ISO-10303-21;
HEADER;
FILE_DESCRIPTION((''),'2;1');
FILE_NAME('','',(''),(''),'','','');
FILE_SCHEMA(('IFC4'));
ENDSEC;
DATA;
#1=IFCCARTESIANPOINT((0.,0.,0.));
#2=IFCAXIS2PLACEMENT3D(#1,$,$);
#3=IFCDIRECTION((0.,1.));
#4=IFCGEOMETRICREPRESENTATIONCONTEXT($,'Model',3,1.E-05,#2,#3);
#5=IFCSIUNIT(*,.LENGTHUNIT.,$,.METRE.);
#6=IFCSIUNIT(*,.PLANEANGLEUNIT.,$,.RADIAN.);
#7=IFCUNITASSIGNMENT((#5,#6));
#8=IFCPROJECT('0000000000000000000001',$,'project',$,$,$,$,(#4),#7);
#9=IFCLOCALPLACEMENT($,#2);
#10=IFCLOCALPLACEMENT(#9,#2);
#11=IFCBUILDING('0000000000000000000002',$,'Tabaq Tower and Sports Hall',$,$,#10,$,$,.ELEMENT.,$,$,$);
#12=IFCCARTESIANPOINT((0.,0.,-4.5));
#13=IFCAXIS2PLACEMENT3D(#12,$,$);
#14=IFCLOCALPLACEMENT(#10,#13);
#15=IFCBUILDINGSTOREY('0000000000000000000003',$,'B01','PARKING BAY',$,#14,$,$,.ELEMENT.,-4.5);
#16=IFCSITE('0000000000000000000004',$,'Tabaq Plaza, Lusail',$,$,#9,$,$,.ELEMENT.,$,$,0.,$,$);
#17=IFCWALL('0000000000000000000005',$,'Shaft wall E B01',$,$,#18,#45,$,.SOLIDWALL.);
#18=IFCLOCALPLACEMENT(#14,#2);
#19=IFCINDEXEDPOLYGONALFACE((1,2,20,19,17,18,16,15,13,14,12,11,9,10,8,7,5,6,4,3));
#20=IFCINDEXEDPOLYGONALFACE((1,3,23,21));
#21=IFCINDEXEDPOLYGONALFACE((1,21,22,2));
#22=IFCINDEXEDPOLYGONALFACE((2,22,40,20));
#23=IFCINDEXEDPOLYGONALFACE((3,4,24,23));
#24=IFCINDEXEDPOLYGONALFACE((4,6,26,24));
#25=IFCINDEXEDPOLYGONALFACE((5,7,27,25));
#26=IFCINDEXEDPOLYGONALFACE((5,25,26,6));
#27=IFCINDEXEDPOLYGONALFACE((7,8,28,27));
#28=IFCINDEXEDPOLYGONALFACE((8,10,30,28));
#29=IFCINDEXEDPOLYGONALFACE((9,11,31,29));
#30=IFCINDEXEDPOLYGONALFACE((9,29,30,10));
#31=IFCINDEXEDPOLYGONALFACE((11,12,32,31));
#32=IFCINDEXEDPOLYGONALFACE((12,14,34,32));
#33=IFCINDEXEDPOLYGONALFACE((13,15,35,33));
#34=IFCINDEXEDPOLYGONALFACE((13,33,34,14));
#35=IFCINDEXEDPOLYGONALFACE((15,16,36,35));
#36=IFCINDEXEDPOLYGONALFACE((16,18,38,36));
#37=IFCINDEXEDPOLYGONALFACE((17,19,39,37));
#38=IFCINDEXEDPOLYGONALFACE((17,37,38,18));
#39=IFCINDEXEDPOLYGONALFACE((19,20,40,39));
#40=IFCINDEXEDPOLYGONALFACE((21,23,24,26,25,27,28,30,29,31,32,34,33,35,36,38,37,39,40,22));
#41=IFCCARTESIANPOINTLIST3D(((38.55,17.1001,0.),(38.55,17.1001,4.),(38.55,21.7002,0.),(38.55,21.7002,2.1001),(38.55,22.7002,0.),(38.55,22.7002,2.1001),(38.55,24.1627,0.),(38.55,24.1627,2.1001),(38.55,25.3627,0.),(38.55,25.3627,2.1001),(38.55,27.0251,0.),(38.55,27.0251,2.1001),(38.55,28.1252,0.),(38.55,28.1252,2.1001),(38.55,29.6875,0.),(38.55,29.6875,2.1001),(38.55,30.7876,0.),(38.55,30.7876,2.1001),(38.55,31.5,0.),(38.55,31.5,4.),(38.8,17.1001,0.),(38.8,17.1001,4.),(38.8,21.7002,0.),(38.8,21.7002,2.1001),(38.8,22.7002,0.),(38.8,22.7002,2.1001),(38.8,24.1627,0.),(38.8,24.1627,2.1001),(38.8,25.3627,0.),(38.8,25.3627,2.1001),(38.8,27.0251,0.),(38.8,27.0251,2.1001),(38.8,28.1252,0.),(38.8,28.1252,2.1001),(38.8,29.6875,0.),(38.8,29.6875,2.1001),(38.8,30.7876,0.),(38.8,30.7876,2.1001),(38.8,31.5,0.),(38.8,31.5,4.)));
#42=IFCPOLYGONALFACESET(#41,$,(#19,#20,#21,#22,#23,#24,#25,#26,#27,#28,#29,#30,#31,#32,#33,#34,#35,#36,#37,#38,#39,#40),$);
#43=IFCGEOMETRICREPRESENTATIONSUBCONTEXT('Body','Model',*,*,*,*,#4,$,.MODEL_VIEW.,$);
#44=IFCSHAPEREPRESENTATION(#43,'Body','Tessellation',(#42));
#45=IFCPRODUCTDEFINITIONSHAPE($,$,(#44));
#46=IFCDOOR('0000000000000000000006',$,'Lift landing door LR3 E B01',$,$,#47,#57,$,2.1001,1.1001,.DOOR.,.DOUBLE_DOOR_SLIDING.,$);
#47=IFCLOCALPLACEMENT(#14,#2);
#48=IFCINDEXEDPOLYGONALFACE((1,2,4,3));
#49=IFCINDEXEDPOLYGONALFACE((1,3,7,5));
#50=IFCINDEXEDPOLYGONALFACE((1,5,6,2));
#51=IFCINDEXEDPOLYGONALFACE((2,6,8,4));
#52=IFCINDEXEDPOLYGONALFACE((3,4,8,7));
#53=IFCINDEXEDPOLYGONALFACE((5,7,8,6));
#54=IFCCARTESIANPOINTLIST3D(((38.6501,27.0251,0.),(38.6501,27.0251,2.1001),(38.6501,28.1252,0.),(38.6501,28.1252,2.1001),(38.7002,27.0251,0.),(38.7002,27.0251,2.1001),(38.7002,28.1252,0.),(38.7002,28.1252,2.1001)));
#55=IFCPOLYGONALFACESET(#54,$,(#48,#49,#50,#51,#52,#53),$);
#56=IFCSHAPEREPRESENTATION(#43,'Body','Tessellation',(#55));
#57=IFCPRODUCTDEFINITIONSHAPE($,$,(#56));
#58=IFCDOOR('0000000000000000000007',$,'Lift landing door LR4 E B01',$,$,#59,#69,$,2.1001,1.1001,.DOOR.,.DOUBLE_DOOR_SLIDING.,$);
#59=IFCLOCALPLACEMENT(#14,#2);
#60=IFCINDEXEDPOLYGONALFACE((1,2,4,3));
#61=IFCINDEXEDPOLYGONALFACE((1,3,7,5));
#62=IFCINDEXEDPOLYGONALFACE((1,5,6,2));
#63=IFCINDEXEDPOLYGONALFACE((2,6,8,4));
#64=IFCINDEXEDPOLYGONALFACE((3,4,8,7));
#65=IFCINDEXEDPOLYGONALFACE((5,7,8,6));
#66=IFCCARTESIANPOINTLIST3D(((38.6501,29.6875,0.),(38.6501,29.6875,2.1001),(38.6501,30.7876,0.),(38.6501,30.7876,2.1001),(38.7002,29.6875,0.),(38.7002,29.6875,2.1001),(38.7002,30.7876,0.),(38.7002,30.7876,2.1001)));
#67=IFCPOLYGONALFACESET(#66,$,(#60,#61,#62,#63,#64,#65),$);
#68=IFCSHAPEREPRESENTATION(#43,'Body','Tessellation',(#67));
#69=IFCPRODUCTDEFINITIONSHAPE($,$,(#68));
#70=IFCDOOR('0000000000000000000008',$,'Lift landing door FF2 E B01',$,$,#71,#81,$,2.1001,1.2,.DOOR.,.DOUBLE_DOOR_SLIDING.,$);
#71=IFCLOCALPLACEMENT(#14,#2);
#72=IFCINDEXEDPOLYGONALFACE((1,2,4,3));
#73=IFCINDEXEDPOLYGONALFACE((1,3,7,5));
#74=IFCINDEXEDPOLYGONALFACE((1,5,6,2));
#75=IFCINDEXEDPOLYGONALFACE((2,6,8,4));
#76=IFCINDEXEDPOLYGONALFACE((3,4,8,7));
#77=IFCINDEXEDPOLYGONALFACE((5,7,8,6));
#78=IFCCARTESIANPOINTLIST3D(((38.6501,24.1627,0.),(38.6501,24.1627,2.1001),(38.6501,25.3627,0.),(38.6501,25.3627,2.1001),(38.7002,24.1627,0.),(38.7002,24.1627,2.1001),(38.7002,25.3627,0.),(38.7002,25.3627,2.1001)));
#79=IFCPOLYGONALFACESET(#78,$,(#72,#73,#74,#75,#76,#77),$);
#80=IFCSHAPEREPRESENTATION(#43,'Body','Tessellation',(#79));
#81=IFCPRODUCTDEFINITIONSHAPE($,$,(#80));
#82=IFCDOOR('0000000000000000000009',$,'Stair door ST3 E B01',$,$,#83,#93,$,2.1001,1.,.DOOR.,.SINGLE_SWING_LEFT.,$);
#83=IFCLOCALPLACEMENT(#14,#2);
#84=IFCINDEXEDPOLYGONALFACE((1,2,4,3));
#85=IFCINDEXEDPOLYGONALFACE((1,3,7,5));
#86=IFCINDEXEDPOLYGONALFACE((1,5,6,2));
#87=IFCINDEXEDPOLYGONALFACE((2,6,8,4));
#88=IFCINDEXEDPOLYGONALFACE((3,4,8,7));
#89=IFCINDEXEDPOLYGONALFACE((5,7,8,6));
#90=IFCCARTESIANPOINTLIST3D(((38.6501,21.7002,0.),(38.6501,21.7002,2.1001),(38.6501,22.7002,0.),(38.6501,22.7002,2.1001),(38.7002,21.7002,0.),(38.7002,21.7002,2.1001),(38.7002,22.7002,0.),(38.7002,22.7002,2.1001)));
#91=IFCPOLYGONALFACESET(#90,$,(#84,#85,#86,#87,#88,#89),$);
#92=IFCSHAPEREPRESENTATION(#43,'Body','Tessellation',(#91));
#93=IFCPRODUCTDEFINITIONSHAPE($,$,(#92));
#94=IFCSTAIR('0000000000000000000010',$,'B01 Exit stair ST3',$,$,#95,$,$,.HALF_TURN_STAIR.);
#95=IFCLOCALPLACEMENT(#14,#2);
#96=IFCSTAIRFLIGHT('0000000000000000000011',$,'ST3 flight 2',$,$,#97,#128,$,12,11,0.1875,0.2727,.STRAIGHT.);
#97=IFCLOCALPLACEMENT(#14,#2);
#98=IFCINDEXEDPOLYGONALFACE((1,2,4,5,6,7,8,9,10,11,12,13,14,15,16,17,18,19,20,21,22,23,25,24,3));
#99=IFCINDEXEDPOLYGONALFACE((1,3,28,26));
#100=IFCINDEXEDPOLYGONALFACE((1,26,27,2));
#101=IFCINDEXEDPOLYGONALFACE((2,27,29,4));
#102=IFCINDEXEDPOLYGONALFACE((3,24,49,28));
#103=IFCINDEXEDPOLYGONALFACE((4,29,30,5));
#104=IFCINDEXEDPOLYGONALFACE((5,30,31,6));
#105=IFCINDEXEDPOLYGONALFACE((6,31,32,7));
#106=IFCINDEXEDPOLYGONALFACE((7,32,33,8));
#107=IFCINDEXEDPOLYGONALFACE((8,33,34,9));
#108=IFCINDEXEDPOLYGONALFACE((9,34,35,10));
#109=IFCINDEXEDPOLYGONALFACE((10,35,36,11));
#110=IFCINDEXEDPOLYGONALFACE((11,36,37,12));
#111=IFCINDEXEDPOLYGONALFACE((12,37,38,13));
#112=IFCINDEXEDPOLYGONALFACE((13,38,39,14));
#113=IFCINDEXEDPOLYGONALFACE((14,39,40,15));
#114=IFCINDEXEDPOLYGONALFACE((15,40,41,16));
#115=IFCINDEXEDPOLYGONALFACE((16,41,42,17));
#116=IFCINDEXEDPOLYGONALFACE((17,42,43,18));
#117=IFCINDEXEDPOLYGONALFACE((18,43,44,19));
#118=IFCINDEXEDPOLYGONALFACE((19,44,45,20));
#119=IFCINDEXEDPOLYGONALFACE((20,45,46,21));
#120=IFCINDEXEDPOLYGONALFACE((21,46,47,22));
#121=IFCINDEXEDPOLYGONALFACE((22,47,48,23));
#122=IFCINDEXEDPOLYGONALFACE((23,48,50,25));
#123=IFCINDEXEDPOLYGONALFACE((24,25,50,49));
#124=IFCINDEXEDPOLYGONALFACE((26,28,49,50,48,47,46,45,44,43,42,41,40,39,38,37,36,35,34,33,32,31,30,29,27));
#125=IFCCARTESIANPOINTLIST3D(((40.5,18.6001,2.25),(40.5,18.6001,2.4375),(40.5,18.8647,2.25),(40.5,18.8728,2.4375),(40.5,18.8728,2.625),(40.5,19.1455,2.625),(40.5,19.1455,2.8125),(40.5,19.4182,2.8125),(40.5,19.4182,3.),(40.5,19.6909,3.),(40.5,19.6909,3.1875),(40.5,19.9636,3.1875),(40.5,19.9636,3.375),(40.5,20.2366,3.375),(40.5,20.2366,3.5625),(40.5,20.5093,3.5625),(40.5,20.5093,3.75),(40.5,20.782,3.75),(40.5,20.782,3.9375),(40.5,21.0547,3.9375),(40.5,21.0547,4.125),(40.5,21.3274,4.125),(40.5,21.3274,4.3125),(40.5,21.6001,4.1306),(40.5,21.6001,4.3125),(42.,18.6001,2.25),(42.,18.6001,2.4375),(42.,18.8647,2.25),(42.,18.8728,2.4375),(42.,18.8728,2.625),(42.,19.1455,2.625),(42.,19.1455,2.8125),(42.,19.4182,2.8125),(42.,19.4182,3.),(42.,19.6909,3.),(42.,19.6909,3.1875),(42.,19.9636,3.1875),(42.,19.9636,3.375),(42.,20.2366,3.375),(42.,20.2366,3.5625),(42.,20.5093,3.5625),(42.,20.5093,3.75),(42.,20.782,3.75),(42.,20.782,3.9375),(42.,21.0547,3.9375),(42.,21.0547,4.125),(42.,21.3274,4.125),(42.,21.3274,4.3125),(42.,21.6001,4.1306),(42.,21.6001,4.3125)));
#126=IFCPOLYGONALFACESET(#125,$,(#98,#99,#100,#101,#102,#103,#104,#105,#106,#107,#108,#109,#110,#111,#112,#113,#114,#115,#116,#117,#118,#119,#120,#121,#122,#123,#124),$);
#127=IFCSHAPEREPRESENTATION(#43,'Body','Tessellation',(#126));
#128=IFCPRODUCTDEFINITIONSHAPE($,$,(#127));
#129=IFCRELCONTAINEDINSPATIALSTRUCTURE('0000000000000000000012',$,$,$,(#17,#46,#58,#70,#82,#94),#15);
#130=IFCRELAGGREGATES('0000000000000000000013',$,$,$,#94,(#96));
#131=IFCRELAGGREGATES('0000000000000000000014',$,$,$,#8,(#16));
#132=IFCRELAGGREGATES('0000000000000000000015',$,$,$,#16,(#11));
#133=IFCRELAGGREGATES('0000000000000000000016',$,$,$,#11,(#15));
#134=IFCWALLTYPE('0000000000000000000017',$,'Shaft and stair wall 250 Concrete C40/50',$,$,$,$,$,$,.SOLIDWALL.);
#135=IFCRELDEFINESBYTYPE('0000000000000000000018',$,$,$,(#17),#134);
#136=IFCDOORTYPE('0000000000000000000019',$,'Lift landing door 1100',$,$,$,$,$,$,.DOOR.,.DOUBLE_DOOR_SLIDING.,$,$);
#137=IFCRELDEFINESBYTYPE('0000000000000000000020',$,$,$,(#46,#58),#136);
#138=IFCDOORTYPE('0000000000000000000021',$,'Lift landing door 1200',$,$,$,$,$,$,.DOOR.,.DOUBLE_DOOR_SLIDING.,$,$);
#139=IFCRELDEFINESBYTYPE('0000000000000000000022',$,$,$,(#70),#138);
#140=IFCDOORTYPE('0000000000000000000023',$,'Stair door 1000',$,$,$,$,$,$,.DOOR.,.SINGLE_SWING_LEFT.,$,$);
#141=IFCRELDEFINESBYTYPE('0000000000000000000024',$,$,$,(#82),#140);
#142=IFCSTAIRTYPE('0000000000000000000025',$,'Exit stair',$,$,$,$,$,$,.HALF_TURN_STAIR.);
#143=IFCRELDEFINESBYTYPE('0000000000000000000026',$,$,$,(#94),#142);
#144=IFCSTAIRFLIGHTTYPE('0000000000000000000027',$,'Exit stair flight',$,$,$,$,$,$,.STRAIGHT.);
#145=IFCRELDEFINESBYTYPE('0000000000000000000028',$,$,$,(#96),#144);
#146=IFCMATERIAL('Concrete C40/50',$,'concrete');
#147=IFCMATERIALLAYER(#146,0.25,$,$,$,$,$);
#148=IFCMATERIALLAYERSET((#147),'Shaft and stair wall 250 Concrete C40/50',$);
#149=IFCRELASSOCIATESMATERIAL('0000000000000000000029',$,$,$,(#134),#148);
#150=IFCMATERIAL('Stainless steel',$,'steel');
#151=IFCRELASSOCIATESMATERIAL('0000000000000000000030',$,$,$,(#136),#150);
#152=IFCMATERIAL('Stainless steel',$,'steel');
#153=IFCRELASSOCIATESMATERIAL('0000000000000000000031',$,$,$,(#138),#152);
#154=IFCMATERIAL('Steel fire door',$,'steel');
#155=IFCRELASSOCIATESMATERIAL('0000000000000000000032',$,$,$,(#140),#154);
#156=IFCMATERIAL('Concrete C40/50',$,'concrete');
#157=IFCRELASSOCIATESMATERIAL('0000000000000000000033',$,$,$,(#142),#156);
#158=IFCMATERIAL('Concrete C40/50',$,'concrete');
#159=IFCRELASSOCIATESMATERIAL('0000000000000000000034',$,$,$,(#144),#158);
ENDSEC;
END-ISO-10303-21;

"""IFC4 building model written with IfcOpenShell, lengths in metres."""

from ifc_helpers import new_model, si_unit, direction, frame, frame_2d, origin, place, context, subcontext, project, spatial, polyline, rectangle, outline, extrude, material, layer, layer_set, type_object, element, fill, aggregate, save


model = new_model("IFC4")

# Units and contexts
model_context = context("Model", 3, precision=1e-05, world=origin(), true_north=direction((0.0, 1.0)))
body_context = subcontext(model_context, "Body", "Model", "MODEL_VIEW")
ifc_project = project(units=[si_unit("LENGTHUNIT", "METRE"), si_unit("PLANEANGLEUNIT", "RADIAN")], contexts=[model_context])

# Site, building, storey
site_placement = place(None, origin())
site = spatial("IfcSite", under=ifc_project, at=site_placement, Name="Tabaq Plaza, Lusail", CompositionType="ELEMENT", RefElevation=0.0)
building_placement = place(site_placement, origin())
building = spatial("IfcBuilding", under=site, at=building_placement, Name="Tabaq Tower and Sports Hall", CompositionType="ELEMENT")
storey_placement = place(building_placement, frame((0.0, 0.0, -4.5)))
storey = spatial("IfcBuildingStorey", under=building, at=storey_placement, Name="B01", Description="PARKING BAY", CompositionType="ELEMENT", Elevation=-4.5)

# Wall, openings, doors
ifc_material_1 = material(Name="Concrete C40/50", Category="concrete")
ifc_layer_1 = layer(ifc_material_1, 0.25)
ifc_layer_set_1 = layer_set([ifc_layer_1], Name="Shaft and stair wall 250 Concrete C40/50")
wall_type_1 = type_object("IfcWallType", Name="Shaft and stair wall 250 Concrete C40/50", PredefinedType="SOLIDWALL", material=ifc_layer_set_1)
wall_1_placement = place(storey_placement, frame((38.675, 17.1001, 0.0), z_axis=(0.0, 0.0, 1.0), x_axis=(0.0, 1.0, 0.0)))
wall_1 = element("IfcWall", 1, at=wall_1_placement, inside=storey, type_object=wall_type_1, Name="Shaft wall E B01", PredefinedType="SOLIDWALL", context=body_context, shape_type="SweptSolid", body=[
    extrude(rectangle(XDim=14.3999, YDim=0.25, at=frame_2d((7.2, 0.0))), origin(), (0.0, 0.0, 1.0), 4.0),
])
opening_1_placement = place(wall_1_placement, frame((4.6001, 0.0, 0.0)))
opening_1 = element("IfcOpeningElement", 2, at=opening_1_placement, cuts=wall_1, PredefinedType="OPENING", context=body_context, shape_type="SweptSolid", body=[
    extrude(rectangle(XDim=1.0, YDim=2.1001, at=frame_2d((0.5, 1.05))), frame((0.0, 0.125, 0.0), z_axis=(0.0, -1.0, 0.0), x_axis=(1.0, 0.0, 0.0)), (0.0, 0.0, 1.0), 0.25),
])
opening_2_placement = place(wall_1_placement, frame((7.0625, 0.0, 0.0)))
opening_2 = element("IfcOpeningElement", 3, at=opening_2_placement, cuts=wall_1, PredefinedType="OPENING", context=body_context, shape_type="SweptSolid", body=[
    extrude(rectangle(XDim=1.2, YDim=2.1001, at=frame_2d((0.6001, 1.05))), frame((0.0, 0.125, 0.0), z_axis=(0.0, -1.0, 0.0), x_axis=(1.0, 0.0, 0.0)), (0.0, 0.0, 1.0), 0.25),
])
opening_3_placement = place(wall_1_placement, frame((9.925, 0.0, 0.0)))
opening_3 = element("IfcOpeningElement", 4, at=opening_3_placement, cuts=wall_1, PredefinedType="OPENING", context=body_context, shape_type="SweptSolid", body=[
    extrude(rectangle(XDim=1.1001, YDim=2.1001, at=frame_2d((0.55, 1.05))), frame((0.0, 0.125, 0.0), z_axis=(0.0, -1.0, 0.0), x_axis=(1.0, 0.0, 0.0)), (0.0, 0.0, 1.0), 0.25),
])
opening_4_placement = place(wall_1_placement, frame((12.5874, 0.0, 0.0)))
opening_4 = element("IfcOpeningElement", 5, at=opening_4_placement, cuts=wall_1, PredefinedType="OPENING", context=body_context, shape_type="SweptSolid", body=[
    extrude(rectangle(XDim=1.1001, YDim=2.1001, at=frame_2d((0.55, 1.05))), frame((0.0, 0.125, 0.0), z_axis=(0.0, -1.0, 0.0), x_axis=(1.0, 0.0, 0.0)), (0.0, 0.0, 1.0), 0.25),
])
ifc_material_2 = material(Name="Stainless steel", Category="steel")
door_type_1 = type_object("IfcDoorType", Name="Lift landing door 1100", OperationType="DOUBLE_DOOR_SLIDING", PredefinedType="DOOR", material=ifc_material_2)
door_1_placement = place(opening_3_placement, origin())
door_1 = element("IfcDoor", 6, at=door_1_placement, inside=storey, type_object=door_type_1, Name="Lift landing door LR3 E B01", OperationType="DOUBLE_DOOR_SLIDING", OverallHeight=2.1001, OverallWidth=1.1001, PredefinedType="DOOR", context=body_context, shape_type="SweptSolid", body=[
    extrude(rectangle(XDim=1.1001, YDim=2.1001, at=frame_2d((0.55, 1.05))), frame((0.0, 0.0249, 0.0), z_axis=(0.0, -1.0, 0.0), x_axis=(1.0, 0.0, 0.0)), (0.0, 0.0, 1.0), 0.05),
])
fill(opening_3, door_1)
door_2_placement = place(opening_4_placement, origin())
door_2 = element("IfcDoor", 7, at=door_2_placement, inside=storey, type_object=door_type_1, Name="Lift landing door LR4 E B01", OperationType="DOUBLE_DOOR_SLIDING", OverallHeight=2.1001, OverallWidth=1.1001, PredefinedType="DOOR", context=body_context, shape_type="SweptSolid", body=[
    extrude(rectangle(XDim=1.1001, YDim=2.1001, at=frame_2d((0.55, 1.05))), frame((0.0, 0.0249, 0.0), z_axis=(0.0, -1.0, 0.0), x_axis=(1.0, 0.0, 0.0)), (0.0, 0.0, 1.0), 0.05),
])
fill(opening_4, door_2)
ifc_material_3 = material(Name="Stainless steel", Category="steel")
door_type_2 = type_object("IfcDoorType", Name="Lift landing door 1200", OperationType="DOUBLE_DOOR_SLIDING", PredefinedType="DOOR", material=ifc_material_3)
door_3_placement = place(opening_2_placement, origin())
door_3 = element("IfcDoor", 8, at=door_3_placement, inside=storey, type_object=door_type_2, Name="Lift landing door FF2 E B01", OperationType="DOUBLE_DOOR_SLIDING", OverallHeight=2.1001, OverallWidth=1.2, PredefinedType="DOOR", context=body_context, shape_type="SweptSolid", body=[
    extrude(rectangle(XDim=1.2, YDim=2.1001, at=frame_2d((0.6001, 1.05))), frame((0.0, 0.0249, 0.0), z_axis=(0.0, -1.0, 0.0), x_axis=(1.0, 0.0, 0.0)), (0.0, 0.0, 1.0), 0.05),
])
fill(opening_2, door_3)
ifc_material_4 = material(Name="Steel fire door", Category="steel")
door_type_3 = type_object("IfcDoorType", Name="Stair door 1000", OperationType="SINGLE_SWING_LEFT", PredefinedType="DOOR", material=ifc_material_4)
door_4_placement = place(opening_1_placement, origin())
door_4 = element("IfcDoor", 9, at=door_4_placement, inside=storey, type_object=door_type_3, Name="Stair door ST3 E B01", OperationType="SINGLE_SWING_LEFT", OverallHeight=2.1001, OverallWidth=1.0, PredefinedType="DOOR", context=body_context, shape_type="SweptSolid", body=[
    extrude(rectangle(XDim=1.0, YDim=2.1001, at=frame_2d((0.5, 1.05))), frame((0.0, 0.0249, 0.0), z_axis=(0.0, -1.0, 0.0), x_axis=(1.0, 0.0, 0.0)), (0.0, 0.0, 1.0), 0.05),
])
fill(opening_1, door_4)

# Stair, stair flight
ifc_material_5 = material(Name="Concrete C40/50", Category="concrete")
stair_type = type_object("IfcStairType", Name="Exit stair", PredefinedType="HALF_TURN_STAIR", material=ifc_material_5)
stair_placement = place(storey_placement, origin())
stair = element("IfcStair", 10, at=stair_placement, inside=storey, type_object=stair_type, Name="B01 Exit stair ST3", PredefinedType="HALF_TURN_STAIR")
ifc_material_6 = material(Name="Concrete C40/50", Category="concrete")
stair_flight_type = type_object("IfcStairFlightType", Name="Exit stair flight", PredefinedType="STRAIGHT", material=ifc_material_6)
stair_flight_placement = place(storey_placement, frame((41.25, 18.6001, 2.25), z_axis=(0.0, 0.0, 1.0), x_axis=(0.0, 1.0, 0.0)))
stair_flight = element("IfcStairFlight", 11, at=stair_flight_placement, type_object=stair_flight_type, Name="ST3 flight 2", NumberOfRisers=12, NumberOfTreads=11, PredefinedType="STRAIGHT", RiserHeight=0.1875, TreadLength=0.2727, context=body_context, shape_type="SweptSolid", body=[
    extrude(outline(polyline([(0.0, 0.0), (0.0, 0.1875), (0.2727, 0.1875), (0.2727, 0.375), (0.5454, 0.375), (0.5454, 0.5625), (0.8181, 0.5625), (0.8181, 0.75), (1.0908, 0.75), (1.0908, 0.9375), (1.3635, 0.9375), (1.3635, 1.125), (1.6365, 1.125), (1.6365, 1.3125), (1.9092, 1.3125), (1.9092, 1.5), (2.1819, 1.5), (2.1819, 1.6875), (2.4546, 1.6875), (2.4546, 1.875), (2.7273, 1.875), (2.7273, 2.0625), (3.0, 2.0625), (3.0, 2.25), (3.0, 1.8806), (0.2646, 0.0), (0.0, 0.0)])), frame((0.0, 0.75, 0.0), z_axis=(0.0, -1.0, 0.0), x_axis=(1.0, 0.0, 0.0)), (0.0, 0.0, 1.0), 1.5),
])
aggregate(stair, [stair_flight])

save(model, "model.ifc")
